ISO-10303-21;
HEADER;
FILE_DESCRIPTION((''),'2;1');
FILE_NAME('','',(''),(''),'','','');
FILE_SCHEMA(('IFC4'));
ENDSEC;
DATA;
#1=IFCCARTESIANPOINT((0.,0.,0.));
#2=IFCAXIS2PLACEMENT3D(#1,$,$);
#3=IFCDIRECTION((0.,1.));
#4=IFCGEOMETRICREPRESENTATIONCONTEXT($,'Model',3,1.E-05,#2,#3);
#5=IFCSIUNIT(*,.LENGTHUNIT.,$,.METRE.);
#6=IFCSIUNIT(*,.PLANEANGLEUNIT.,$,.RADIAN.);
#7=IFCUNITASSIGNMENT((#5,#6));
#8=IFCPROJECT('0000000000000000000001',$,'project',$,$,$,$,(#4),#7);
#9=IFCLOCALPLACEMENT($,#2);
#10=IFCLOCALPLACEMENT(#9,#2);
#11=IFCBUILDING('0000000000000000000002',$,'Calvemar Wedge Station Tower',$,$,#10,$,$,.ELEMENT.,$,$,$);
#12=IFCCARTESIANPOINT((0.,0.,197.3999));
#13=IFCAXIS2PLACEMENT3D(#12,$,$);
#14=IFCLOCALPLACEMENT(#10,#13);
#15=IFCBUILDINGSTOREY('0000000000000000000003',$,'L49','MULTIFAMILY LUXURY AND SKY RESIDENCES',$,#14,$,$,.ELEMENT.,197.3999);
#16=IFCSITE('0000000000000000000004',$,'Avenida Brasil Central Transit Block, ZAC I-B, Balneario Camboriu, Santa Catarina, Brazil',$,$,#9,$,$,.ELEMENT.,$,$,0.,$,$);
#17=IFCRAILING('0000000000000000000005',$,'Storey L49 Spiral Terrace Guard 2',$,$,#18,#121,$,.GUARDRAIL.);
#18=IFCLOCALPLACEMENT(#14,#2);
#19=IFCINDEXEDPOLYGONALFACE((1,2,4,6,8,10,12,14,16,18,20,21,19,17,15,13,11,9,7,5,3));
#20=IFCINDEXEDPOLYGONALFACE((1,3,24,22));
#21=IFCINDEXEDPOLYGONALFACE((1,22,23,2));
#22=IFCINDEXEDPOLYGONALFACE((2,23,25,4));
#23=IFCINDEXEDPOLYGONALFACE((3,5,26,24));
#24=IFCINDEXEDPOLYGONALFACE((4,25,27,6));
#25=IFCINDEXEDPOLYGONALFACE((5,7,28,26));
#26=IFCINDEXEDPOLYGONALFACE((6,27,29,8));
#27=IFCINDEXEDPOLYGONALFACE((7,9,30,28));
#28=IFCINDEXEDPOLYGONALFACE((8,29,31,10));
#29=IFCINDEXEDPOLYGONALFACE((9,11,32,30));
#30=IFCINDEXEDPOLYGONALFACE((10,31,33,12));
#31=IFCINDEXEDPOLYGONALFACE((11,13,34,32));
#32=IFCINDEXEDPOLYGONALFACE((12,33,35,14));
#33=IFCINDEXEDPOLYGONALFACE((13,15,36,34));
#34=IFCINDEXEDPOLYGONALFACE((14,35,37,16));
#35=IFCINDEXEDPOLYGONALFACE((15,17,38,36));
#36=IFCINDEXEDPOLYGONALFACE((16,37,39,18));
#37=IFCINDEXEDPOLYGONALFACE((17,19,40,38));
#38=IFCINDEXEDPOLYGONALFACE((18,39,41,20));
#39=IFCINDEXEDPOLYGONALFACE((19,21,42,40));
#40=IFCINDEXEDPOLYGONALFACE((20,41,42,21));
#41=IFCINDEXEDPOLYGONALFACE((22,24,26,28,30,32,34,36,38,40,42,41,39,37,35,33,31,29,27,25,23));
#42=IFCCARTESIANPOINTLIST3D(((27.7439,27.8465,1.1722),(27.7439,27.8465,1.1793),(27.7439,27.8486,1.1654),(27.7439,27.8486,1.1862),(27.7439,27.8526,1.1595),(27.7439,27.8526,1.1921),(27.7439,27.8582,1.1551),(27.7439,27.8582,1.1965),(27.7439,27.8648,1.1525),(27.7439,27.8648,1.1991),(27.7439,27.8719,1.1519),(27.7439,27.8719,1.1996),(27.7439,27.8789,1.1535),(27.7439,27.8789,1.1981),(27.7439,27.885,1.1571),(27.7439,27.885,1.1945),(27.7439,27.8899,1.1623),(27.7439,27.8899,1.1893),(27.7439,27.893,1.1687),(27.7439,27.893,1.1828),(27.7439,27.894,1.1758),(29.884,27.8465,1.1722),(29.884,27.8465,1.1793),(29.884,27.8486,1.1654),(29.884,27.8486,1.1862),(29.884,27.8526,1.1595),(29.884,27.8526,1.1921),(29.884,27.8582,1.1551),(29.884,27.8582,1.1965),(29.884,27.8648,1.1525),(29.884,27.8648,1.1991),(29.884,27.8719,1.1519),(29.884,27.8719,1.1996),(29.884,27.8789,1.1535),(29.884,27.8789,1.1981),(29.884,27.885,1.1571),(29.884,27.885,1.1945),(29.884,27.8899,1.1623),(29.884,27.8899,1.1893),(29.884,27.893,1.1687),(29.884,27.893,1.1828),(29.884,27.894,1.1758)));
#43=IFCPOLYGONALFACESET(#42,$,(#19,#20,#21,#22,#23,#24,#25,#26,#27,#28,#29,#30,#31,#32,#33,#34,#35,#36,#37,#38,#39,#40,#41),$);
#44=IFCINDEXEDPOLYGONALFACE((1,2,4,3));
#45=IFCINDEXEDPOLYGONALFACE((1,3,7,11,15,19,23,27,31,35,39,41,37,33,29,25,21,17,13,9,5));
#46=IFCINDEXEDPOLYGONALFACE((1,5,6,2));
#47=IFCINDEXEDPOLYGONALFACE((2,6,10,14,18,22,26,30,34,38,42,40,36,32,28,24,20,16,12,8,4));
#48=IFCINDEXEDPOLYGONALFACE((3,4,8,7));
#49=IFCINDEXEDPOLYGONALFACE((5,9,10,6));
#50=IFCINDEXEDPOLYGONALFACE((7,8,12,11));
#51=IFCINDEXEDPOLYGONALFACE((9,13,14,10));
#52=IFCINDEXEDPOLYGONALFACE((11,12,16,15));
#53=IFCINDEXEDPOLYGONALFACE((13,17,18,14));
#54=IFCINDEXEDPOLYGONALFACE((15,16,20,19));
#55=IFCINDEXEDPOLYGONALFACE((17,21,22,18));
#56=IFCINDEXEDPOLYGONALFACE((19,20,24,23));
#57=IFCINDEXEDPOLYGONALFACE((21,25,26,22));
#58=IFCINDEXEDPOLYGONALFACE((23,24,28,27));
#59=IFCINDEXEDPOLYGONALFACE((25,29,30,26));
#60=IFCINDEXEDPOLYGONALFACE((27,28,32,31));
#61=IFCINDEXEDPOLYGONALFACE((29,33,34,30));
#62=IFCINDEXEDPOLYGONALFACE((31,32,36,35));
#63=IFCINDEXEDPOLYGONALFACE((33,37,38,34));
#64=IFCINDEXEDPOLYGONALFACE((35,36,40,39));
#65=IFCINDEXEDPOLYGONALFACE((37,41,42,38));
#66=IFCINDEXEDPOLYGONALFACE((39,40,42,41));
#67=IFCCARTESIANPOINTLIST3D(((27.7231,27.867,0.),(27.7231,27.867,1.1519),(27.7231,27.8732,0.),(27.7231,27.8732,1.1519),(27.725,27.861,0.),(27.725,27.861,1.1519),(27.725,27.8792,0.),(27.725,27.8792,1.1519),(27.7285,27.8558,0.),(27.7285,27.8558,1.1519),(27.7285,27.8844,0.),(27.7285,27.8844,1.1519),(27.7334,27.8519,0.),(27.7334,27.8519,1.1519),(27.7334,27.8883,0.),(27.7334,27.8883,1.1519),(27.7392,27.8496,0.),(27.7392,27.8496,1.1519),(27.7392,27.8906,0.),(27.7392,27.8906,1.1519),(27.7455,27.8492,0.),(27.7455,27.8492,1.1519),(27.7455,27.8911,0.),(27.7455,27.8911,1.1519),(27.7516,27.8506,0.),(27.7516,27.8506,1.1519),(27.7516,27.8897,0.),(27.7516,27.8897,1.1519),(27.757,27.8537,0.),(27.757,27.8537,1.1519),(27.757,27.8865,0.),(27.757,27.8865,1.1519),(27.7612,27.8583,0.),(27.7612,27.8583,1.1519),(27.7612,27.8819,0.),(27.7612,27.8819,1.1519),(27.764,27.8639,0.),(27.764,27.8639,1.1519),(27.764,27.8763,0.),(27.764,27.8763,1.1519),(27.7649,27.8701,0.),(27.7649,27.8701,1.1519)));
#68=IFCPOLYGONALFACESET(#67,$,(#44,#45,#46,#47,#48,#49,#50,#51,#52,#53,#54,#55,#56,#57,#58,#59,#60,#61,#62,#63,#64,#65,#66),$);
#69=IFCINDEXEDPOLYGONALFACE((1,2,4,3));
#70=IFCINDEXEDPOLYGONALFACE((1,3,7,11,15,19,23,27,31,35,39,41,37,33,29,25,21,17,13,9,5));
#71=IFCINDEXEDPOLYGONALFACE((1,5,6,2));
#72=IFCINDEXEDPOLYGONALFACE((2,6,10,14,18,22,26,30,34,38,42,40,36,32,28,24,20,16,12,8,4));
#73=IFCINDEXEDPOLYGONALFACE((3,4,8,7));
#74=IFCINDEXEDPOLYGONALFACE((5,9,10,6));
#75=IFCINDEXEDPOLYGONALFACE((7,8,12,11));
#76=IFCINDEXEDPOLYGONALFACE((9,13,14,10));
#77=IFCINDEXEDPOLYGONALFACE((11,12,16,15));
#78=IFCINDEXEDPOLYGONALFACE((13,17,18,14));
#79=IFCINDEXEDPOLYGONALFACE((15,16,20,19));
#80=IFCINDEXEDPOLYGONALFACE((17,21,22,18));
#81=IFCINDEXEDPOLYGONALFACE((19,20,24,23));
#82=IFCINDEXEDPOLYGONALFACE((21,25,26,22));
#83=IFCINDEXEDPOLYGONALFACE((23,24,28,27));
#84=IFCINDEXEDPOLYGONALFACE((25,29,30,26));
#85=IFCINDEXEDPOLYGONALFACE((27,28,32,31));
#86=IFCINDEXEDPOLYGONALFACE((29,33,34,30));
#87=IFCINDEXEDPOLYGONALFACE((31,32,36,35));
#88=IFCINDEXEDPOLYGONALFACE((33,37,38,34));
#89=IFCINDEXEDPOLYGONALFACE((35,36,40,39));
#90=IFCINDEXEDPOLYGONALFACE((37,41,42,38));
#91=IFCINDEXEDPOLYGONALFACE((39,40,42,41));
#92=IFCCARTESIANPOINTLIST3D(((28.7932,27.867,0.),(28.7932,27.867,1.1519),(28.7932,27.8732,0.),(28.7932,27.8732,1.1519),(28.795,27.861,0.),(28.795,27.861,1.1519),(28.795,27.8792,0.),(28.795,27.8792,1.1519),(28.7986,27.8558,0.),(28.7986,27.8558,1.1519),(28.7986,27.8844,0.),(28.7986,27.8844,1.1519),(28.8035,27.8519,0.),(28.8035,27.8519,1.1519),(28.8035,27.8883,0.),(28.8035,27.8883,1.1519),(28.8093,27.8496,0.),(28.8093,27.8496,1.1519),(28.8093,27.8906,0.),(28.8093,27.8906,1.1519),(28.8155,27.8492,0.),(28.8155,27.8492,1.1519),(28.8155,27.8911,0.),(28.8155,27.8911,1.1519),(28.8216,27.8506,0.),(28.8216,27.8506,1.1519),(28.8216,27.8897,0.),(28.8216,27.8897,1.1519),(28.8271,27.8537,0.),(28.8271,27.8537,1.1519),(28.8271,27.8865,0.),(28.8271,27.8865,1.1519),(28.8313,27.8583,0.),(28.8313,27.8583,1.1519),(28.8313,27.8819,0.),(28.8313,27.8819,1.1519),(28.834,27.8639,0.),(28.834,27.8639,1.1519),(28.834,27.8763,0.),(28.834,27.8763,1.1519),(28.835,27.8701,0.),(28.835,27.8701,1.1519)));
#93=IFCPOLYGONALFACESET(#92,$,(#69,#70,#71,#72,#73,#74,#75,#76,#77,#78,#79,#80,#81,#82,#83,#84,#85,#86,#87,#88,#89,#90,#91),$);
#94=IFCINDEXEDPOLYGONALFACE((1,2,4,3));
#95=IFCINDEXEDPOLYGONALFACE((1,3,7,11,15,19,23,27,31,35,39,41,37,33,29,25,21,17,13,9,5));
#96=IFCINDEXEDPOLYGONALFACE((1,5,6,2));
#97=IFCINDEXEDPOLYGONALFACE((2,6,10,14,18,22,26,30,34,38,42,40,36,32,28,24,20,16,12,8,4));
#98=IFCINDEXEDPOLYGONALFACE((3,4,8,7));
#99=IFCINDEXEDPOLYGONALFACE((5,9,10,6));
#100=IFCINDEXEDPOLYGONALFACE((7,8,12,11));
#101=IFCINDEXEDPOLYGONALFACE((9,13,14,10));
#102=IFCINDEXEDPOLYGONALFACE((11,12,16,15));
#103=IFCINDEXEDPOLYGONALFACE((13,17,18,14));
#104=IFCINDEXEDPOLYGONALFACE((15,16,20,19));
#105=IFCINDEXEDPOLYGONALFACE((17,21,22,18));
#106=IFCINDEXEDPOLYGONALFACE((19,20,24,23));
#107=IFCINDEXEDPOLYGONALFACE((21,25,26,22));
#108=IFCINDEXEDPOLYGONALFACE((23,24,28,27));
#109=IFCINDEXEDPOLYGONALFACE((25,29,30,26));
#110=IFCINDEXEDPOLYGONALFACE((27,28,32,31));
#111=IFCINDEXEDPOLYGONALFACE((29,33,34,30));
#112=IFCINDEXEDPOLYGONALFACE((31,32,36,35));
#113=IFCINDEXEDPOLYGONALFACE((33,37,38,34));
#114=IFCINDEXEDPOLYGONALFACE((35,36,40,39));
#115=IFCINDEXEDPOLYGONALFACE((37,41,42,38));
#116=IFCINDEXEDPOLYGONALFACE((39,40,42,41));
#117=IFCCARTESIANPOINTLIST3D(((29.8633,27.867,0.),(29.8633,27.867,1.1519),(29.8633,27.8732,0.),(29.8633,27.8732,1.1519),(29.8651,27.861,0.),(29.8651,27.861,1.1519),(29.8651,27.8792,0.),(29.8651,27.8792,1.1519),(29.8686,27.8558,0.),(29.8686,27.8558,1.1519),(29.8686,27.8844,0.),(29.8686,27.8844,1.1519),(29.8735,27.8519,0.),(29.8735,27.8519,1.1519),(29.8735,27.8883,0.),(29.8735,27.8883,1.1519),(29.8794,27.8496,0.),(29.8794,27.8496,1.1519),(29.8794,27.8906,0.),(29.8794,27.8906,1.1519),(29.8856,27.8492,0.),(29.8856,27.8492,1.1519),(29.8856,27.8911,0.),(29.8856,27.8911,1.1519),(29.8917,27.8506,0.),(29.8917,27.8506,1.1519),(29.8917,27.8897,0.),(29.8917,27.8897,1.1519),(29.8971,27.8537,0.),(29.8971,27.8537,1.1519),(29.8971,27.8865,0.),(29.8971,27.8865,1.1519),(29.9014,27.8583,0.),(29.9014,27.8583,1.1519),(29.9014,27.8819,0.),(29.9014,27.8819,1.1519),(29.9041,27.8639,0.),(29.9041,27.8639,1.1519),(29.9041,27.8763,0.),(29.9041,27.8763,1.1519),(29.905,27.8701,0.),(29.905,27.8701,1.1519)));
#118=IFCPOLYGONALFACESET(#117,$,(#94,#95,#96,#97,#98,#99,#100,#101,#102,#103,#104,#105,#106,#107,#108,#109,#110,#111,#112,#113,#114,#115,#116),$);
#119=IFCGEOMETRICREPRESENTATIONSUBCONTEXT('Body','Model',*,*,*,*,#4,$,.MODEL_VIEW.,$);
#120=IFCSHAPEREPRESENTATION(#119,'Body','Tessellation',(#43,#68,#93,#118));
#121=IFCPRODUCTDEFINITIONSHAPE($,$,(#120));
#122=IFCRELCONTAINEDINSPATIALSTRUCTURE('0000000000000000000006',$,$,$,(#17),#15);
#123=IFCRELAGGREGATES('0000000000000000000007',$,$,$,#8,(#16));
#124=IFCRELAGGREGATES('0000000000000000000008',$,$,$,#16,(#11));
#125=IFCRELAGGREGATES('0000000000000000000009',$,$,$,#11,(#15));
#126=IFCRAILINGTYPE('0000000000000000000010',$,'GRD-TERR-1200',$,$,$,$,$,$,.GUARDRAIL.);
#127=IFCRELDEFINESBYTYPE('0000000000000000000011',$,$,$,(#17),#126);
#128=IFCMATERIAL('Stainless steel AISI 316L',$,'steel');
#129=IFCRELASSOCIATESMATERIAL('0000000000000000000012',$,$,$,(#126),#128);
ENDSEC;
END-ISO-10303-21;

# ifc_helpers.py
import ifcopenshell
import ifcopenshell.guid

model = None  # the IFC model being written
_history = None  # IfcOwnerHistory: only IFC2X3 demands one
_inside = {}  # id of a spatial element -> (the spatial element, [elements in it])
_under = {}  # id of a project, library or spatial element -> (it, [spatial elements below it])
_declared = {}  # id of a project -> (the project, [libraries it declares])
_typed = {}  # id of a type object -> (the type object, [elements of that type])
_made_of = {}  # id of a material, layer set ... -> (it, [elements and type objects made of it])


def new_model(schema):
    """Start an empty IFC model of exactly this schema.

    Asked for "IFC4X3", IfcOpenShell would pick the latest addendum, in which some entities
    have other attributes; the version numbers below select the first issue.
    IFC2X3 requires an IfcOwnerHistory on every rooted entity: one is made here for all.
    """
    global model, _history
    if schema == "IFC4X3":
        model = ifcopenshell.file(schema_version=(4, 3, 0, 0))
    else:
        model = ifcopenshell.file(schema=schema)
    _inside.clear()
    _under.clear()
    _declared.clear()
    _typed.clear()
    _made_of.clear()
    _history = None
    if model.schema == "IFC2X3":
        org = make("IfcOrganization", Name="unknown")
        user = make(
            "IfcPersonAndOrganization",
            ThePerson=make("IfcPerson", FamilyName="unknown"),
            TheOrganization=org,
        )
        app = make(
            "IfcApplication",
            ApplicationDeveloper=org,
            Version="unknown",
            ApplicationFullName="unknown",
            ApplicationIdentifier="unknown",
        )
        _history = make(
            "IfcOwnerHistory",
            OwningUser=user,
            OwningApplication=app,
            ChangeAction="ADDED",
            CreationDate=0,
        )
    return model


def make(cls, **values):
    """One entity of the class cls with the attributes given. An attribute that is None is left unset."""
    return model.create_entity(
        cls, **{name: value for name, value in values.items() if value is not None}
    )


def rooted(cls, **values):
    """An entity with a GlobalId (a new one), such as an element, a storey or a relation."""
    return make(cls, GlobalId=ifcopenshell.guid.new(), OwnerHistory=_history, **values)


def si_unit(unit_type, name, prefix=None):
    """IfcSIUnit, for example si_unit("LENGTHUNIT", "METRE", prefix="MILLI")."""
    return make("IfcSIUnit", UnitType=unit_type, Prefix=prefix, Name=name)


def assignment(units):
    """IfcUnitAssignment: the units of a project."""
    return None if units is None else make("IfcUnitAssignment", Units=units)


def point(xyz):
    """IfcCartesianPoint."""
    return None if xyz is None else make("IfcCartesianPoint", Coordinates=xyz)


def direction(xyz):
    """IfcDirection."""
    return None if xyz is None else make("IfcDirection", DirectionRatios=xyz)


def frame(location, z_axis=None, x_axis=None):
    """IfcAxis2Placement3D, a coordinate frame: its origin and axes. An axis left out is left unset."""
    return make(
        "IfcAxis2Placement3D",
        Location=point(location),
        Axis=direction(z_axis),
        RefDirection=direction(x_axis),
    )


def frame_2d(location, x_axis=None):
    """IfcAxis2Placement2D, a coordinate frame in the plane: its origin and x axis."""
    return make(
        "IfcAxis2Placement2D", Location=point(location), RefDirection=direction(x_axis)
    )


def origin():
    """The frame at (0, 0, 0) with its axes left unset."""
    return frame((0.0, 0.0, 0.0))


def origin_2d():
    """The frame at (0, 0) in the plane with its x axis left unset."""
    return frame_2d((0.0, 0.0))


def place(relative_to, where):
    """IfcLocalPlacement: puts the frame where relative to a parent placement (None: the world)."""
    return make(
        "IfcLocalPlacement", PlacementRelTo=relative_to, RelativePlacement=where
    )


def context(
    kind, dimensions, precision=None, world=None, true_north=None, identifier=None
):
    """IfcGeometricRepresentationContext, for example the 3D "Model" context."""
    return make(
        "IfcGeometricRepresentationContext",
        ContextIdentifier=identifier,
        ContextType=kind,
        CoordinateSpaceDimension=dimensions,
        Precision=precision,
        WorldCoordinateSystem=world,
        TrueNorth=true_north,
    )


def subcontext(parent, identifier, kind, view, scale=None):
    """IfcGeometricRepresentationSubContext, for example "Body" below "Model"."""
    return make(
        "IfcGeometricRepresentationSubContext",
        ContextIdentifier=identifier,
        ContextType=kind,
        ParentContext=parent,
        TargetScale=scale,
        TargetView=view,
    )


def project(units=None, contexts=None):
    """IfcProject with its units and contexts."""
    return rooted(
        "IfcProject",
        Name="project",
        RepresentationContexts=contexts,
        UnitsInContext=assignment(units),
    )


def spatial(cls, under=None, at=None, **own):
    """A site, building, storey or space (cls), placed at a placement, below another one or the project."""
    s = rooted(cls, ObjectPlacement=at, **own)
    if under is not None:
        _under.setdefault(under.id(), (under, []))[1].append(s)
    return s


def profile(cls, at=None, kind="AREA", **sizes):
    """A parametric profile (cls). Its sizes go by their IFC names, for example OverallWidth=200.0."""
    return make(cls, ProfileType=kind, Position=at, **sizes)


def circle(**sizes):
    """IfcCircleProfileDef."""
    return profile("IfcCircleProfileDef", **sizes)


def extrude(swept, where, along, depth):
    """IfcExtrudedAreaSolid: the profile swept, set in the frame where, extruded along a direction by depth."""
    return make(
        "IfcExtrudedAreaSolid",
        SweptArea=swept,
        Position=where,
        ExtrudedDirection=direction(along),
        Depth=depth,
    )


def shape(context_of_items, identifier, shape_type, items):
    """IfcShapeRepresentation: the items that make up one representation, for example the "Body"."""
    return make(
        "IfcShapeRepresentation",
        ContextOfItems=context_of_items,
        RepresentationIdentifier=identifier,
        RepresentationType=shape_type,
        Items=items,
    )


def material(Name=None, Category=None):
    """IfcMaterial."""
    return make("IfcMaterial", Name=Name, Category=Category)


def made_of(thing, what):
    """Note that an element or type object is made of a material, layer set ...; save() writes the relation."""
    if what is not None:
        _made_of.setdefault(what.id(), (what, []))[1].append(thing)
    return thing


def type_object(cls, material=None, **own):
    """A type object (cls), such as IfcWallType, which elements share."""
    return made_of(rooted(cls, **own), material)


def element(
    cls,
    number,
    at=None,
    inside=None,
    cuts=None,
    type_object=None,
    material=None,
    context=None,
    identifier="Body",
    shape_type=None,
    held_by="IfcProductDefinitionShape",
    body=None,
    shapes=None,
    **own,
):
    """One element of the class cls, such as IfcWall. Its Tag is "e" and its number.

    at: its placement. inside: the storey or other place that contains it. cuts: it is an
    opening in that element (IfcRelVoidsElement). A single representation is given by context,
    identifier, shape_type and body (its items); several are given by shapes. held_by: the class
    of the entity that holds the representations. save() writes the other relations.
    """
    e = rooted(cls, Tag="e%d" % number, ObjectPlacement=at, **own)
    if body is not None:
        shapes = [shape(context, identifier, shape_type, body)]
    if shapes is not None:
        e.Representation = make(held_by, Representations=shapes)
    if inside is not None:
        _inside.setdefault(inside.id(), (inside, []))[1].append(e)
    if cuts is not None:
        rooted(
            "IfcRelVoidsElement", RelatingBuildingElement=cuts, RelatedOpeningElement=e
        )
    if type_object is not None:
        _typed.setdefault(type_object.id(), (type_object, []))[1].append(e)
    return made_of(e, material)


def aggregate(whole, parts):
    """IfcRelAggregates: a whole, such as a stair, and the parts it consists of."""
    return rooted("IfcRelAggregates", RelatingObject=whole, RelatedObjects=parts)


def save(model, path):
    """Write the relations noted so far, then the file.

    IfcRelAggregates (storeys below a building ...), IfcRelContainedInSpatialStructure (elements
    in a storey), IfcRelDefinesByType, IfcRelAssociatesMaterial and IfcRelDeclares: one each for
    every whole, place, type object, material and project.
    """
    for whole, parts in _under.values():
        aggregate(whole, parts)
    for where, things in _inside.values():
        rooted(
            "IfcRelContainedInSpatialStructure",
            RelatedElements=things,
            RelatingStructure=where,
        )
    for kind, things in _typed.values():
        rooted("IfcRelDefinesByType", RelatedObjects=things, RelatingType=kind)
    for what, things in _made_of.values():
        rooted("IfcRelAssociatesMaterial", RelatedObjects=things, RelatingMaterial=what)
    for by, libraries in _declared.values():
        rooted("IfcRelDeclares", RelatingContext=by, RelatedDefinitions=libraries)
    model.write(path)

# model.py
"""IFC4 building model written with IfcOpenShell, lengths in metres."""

from ifc_helpers import new_model, si_unit, direction, frame, origin, origin_2d, place, context, subcontext, project, spatial, circle, extrude, material, type_object, element, save


model = new_model("IFC4")

# Units and contexts
model_context = context("Model", 3, precision=1e-05, world=origin(), true_north=direction((0.0, 1.0)))
body_context = subcontext(model_context, "Body", "Model", "MODEL_VIEW")
ifc_project = project(units=[si_unit("LENGTHUNIT", "METRE"), si_unit("PLANEANGLEUNIT", "RADIAN")], contexts=[model_context])

# Site, building, storey
site_placement = place(None, origin())
site = spatial("IfcSite", under=ifc_project, at=site_placement, Name="Avenida Brasil Central Transit Block, ZAC I-B, Balneario Camboriu, Santa Catarina, Brazil", CompositionType="ELEMENT", RefElevation=0.0)
building_placement = place(site_placement, origin())
building = spatial("IfcBuilding", under=site, at=building_placement, Name="Calvemar Wedge Station Tower", CompositionType="ELEMENT")
storey_placement = place(building_placement, frame((0.0, 0.0, 197.3999)))
storey = spatial("IfcBuildingStorey", under=building, at=storey_placement, Name="L49", Description="MULTIFAMILY LUXURY AND SKY RESIDENCES", CompositionType="ELEMENT", Elevation=197.3999)

# Railing
ifc_material_1 = material(Name="Stainless steel AISI 316L", Category="steel")
railing_type = type_object("IfcRailingType", Name="GRD-TERR-1200", PredefinedType="GUARDRAIL", material=ifc_material_1)
railing_1_placement = place(storey_placement, frame((27.7439, 27.8701, 0.0)))
element("IfcRailing", 1, at=railing_1_placement, inside=storey, type_object=railing_type, Name="Storey L49 Spiral Terrace Guard 2", PredefinedType="GUARDRAIL", context=body_context, shape_type="SweptSolid", body=[
    extrude(circle(Radius=0.0239, at=origin_2d()), frame((0.0, 0.0, 1.1758), z_axis=(1.0, 0.0, 0.0), x_axis=(0.0, 1.0, 0.0)), (0.0, 0.0, 1.0), 2.1401),
    extrude(circle(Radius=0.021, at=origin_2d()), origin(), (0.0, 0.0, 1.0), 1.1519),
    extrude(circle(Radius=0.021, at=origin_2d()), frame((1.0701, 0.0, 0.0)), (0.0, 0.0, 1.0), 1.1519),
    extrude(circle(Radius=0.021, at=origin_2d()), frame((2.1401, 0.0, 0.0)), (0.0, 0.0, 1.0), 1.1519),
])

save(model, "model.ifc")
